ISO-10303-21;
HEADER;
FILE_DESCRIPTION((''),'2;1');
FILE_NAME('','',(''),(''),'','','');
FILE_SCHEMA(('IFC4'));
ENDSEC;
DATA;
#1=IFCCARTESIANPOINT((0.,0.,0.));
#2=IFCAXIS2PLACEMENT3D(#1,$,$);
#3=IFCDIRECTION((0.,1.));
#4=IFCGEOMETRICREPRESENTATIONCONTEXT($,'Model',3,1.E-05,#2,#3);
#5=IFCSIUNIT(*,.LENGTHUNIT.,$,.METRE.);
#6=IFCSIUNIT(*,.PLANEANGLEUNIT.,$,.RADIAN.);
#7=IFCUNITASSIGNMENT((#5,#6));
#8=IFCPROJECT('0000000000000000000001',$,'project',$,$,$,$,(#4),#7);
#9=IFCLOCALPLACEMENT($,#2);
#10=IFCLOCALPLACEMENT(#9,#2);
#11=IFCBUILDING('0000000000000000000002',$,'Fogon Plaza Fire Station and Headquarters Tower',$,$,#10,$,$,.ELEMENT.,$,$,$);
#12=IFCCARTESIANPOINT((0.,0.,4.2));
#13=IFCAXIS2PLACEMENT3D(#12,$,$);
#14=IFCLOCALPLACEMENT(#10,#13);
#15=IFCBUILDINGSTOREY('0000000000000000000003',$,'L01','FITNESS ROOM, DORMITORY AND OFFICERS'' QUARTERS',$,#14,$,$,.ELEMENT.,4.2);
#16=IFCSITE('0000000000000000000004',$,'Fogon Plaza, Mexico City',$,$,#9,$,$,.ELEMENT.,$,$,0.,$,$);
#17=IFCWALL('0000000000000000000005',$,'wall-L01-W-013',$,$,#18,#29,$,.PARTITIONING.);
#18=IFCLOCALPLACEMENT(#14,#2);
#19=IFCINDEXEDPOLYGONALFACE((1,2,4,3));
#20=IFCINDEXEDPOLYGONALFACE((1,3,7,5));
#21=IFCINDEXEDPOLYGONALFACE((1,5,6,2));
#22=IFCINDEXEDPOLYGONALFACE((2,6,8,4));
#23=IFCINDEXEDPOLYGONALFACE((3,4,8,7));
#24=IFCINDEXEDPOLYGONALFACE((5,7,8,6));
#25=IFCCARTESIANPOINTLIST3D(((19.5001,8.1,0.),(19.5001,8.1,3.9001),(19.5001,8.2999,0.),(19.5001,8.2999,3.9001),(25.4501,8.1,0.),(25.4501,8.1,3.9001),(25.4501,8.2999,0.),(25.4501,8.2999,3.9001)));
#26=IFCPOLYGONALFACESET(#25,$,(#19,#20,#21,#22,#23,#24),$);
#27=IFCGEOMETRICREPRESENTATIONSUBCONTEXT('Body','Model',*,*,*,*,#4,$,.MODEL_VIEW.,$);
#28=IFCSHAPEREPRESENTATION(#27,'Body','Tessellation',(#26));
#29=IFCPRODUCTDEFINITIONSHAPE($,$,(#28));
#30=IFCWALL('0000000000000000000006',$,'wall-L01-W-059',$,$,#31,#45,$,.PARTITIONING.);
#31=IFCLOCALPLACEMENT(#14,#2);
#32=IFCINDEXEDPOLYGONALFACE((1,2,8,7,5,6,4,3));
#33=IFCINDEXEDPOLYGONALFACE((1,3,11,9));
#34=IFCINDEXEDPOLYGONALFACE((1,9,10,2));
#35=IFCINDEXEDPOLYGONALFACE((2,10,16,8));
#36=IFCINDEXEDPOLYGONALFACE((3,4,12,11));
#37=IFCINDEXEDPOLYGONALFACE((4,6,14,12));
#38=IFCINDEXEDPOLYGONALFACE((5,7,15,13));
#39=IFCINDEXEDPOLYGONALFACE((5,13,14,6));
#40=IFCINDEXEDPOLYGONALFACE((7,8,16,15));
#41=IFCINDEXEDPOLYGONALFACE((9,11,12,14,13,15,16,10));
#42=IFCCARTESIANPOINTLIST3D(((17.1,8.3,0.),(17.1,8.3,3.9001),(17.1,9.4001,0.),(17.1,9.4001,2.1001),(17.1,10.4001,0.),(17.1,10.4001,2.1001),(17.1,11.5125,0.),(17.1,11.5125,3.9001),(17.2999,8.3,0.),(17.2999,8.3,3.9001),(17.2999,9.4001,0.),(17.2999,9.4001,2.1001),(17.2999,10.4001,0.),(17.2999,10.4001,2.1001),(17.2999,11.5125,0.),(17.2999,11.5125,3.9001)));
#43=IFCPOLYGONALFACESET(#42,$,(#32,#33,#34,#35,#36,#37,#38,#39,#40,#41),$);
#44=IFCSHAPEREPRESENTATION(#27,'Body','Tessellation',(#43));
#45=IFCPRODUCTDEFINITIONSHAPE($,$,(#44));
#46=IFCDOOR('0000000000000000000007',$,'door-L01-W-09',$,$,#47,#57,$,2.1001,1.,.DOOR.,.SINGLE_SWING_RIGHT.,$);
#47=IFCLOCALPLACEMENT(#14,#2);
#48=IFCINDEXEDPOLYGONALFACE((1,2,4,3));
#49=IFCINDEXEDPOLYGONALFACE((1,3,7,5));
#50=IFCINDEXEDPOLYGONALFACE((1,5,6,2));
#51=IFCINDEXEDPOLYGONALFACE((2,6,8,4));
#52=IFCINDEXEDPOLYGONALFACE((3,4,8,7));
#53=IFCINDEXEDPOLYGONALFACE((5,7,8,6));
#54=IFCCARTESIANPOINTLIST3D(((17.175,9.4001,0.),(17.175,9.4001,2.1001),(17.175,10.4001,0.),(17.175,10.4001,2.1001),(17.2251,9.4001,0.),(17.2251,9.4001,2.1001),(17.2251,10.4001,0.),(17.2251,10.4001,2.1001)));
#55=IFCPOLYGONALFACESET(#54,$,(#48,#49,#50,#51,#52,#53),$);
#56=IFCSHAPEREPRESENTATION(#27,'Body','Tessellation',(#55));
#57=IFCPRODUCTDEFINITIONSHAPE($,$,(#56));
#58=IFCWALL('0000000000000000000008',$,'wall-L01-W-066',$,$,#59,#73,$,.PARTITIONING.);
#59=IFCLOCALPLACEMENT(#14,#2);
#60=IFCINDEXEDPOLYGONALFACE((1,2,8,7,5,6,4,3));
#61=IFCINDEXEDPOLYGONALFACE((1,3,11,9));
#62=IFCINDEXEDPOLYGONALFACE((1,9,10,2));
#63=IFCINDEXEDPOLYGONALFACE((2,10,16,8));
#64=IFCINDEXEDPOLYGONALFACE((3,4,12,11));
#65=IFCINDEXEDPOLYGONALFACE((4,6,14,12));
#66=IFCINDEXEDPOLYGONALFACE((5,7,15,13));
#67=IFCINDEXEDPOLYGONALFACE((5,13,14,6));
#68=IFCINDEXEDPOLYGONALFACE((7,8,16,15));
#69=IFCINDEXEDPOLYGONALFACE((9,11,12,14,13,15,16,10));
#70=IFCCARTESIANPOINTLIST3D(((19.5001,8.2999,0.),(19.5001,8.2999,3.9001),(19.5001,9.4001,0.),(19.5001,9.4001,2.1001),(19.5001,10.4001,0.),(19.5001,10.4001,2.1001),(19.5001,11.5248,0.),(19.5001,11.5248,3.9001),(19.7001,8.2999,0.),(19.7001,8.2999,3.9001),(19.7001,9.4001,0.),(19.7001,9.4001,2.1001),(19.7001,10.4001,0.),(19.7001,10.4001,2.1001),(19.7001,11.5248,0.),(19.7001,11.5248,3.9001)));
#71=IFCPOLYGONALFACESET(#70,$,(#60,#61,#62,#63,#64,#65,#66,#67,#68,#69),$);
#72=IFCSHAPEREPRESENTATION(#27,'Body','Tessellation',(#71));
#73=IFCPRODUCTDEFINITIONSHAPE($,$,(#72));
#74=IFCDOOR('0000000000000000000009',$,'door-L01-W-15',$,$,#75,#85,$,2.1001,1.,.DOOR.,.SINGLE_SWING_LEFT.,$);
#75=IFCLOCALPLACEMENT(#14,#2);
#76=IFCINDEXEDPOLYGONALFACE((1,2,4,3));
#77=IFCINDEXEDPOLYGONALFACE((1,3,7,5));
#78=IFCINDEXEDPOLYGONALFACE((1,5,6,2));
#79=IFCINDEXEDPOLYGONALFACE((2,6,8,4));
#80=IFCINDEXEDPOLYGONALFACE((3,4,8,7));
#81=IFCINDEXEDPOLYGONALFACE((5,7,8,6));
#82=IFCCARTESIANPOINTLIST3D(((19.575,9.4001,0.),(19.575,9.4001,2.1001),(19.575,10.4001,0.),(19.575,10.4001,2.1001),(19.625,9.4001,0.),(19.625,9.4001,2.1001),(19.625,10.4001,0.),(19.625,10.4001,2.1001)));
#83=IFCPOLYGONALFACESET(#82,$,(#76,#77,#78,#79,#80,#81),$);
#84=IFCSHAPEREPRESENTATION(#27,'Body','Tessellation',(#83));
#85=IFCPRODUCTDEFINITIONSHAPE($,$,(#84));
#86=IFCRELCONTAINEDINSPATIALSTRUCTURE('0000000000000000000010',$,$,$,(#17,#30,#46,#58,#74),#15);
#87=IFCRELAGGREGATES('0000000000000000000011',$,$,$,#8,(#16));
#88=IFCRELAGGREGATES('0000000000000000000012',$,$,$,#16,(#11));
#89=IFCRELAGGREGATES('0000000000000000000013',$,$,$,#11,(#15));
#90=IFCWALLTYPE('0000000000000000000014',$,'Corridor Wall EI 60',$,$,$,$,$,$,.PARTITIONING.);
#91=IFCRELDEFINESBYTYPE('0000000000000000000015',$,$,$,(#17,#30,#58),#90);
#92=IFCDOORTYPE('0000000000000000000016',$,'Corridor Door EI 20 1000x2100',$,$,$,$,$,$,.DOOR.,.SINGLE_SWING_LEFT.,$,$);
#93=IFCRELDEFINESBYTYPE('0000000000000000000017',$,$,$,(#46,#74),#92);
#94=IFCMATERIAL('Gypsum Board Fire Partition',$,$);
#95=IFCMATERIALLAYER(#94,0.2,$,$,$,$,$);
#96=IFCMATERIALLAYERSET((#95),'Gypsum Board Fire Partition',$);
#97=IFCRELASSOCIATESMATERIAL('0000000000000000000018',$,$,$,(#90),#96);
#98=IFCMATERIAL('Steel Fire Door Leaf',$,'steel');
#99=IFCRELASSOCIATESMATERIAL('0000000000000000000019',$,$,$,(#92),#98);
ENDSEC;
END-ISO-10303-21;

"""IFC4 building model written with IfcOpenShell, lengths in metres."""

from ifc_helpers import new_model, si_unit, direction, frame, frame_2d, origin, place, context, subcontext, project, spatial, rectangle, extrude, material, layer, layer_set, type_object, element, fill, save


model = new_model("IFC4")

# Units and contexts
model_context = context("Model", 3, precision=1e-05, world=origin(), true_north=direction((0.0, 1.0)))
body_context = subcontext(model_context, "Body", "Model", "MODEL_VIEW")
ifc_project = project(units=[si_unit("LENGTHUNIT", "METRE"), si_unit("PLANEANGLEUNIT", "RADIAN")], contexts=[model_context])

# Site, building, storey
site_placement = place(None, origin())
site = spatial("IfcSite", under=ifc_project, at=site_placement, Name="Fogon Plaza, Mexico City", CompositionType="ELEMENT", RefElevation=0.0)
building_placement = place(site_placement, origin())
building = spatial("IfcBuilding", under=site, at=building_placement, Name="Fogon Plaza Fire Station and Headquarters Tower", CompositionType="ELEMENT")
storey_placement = place(building_placement, frame((0.0, 0.0, 4.2)))
storey = spatial("IfcBuildingStorey", under=building, at=storey_placement, Name="L01", Description="FITNESS ROOM, DORMITORY AND OFFICERS' QUARTERS", CompositionType="ELEMENT", Elevation=4.2)

# Shared definitions
ifc_material_1 = material(Name="Gypsum Board Fire Partition")
ifc_layer = layer(ifc_material_1, 0.2)
ifc_layer_set = layer_set([ifc_layer], Name="Gypsum Board Fire Partition")
wall_type = type_object("IfcWallType", Name="Corridor Wall EI 60", PredefinedType="PARTITIONING", material=ifc_layer_set)
ifc_material_2 = material(Name="Steel Fire Door Leaf", Category="steel")
door_type = type_object("IfcDoorType", Name="Corridor Door EI 20 1000x2100", OperationType="SINGLE_SWING_LEFT", PredefinedType="DOOR", material=ifc_material_2)

# Wall
wall_1_placement = place(storey_placement, frame((19.5, 8.2, 0.0), z_axis=(0.0, 0.0, 1.0), x_axis=(1.0, 0.0, 0.0)))
element("IfcWall", 1, at=wall_1_placement, inside=storey, type_object=wall_type, Name="wall-L01-W-013", PredefinedType="PARTITIONING", context=body_context, shape_type="SweptSolid", body=[
    extrude(rectangle(XDim=5.95, YDim=0.2, at=frame_2d((2.9751, 0.0))), origin(), (0.0, 0.0, 1.0), 3.9001),
])

# Walls, openings, doors
wall_2_placement = place(storey_placement, frame((17.2, 8.3, 0.0), z_axis=(0.0, 0.0, 1.0), x_axis=(0.0, 1.0, 0.0)))
wall_2 = element("IfcWall", 2, at=wall_2_placement, inside=storey, type_object=wall_type, Name="wall-L01-W-059", PredefinedType="PARTITIONING", context=body_context, shape_type="SweptSolid", body=[
    extrude(rectangle(XDim=3.2124, YDim=0.2, at=frame_2d((1.6062, 0.0))), origin(), (0.0, 0.0, 1.0), 3.9001),
])
opening_1_placement = place(wall_2_placement, frame((1.1001, 0.0, 0.0)))
opening_1 = element("IfcOpeningElement", 3, at=opening_1_placement, cuts=wall_2, PredefinedType="OPENING", context=body_context, shape_type="SweptSolid", body=[
    extrude(rectangle(XDim=1.0, YDim=2.1001, at=frame_2d((0.5, 1.05))), frame((0.0, 0.1099, 0.0), z_axis=(0.0, -1.0, 0.0), x_axis=(1.0, 0.0, 0.0)), (0.0, 0.0, 1.0), 0.22),
])
door_1_placement = place(opening_1_placement, origin())
door_1 = element("IfcDoor", 4, at=door_1_placement, inside=storey, type_object=door_type, Name="door-L01-W-09", OperationType="SINGLE_SWING_RIGHT", OverallHeight=2.1001, OverallWidth=1.0, PredefinedType="DOOR", context=body_context, shape_type="SweptSolid", body=[
    extrude(rectangle(XDim=1.0, YDim=2.1001, at=frame_2d((0.5, 1.05))), frame((0.0, 0.0249, 0.0), z_axis=(0.0, -1.0, 0.0), x_axis=(1.0, 0.0, 0.0)), (0.0, 0.0, 1.0), 0.05),
])
fill(opening_1, door_1)
wall_3_placement = place(storey_placement, frame((19.6001, 8.3, 0.0), z_axis=(0.0, 0.0, 1.0), x_axis=(0.0, 1.0, 0.0)))
wall_3 = element("IfcWall", 5, at=wall_3_placement, inside=storey, type_object=wall_type, Name="wall-L01-W-066", PredefinedType="PARTITIONING", context=body_context, shape_type="SweptSolid", body=[
    extrude(rectangle(XDim=3.2249, YDim=0.2, at=frame_2d((1.6123, 0.0))), origin(), (0.0, 0.0, 1.0), 3.9001),
])
opening_2_placement = place(wall_3_placement, frame((1.1001, 0.0, 0.0)))
opening_2 = element("IfcOpeningElement", 6, at=opening_2_placement, cuts=wall_3, PredefinedType="OPENING", context=body_context, shape_type="SweptSolid", body=[
    extrude(rectangle(XDim=1.0, YDim=2.1001, at=frame_2d((0.5, 1.05))), frame((0.0, 0.1099, 0.0), z_axis=(0.0, -1.0, 0.0), x_axis=(1.0, 0.0, 0.0)), (0.0, 0.0, 1.0), 0.22),
])
door_2_placement = place(opening_2_placement, frame((1.0, 0.0, 0.0), z_axis=(0.0, 0.0, 1.0), x_axis=(-1.0, 0.0, 0.0)))
door_2 = element("IfcDoor", 7, at=door_2_placement, inside=storey, type_object=door_type, Name="door-L01-W-15", OperationType="SINGLE_SWING_LEFT", OverallHeight=2.1001, OverallWidth=1.0, PredefinedType="DOOR", context=body_context, shape_type="SweptSolid", body=[
    extrude(rectangle(XDim=1.0, YDim=2.1001, at=frame_2d((0.5, 1.05))), frame((0.0, 0.0249, 0.0), z_axis=(0.0, -1.0, 0.0), x_axis=(1.0, 0.0, 0.0)), (0.0, 0.0, 1.0), 0.05),
])
fill(opening_2, door_2)

save(model, "model.ifc")
